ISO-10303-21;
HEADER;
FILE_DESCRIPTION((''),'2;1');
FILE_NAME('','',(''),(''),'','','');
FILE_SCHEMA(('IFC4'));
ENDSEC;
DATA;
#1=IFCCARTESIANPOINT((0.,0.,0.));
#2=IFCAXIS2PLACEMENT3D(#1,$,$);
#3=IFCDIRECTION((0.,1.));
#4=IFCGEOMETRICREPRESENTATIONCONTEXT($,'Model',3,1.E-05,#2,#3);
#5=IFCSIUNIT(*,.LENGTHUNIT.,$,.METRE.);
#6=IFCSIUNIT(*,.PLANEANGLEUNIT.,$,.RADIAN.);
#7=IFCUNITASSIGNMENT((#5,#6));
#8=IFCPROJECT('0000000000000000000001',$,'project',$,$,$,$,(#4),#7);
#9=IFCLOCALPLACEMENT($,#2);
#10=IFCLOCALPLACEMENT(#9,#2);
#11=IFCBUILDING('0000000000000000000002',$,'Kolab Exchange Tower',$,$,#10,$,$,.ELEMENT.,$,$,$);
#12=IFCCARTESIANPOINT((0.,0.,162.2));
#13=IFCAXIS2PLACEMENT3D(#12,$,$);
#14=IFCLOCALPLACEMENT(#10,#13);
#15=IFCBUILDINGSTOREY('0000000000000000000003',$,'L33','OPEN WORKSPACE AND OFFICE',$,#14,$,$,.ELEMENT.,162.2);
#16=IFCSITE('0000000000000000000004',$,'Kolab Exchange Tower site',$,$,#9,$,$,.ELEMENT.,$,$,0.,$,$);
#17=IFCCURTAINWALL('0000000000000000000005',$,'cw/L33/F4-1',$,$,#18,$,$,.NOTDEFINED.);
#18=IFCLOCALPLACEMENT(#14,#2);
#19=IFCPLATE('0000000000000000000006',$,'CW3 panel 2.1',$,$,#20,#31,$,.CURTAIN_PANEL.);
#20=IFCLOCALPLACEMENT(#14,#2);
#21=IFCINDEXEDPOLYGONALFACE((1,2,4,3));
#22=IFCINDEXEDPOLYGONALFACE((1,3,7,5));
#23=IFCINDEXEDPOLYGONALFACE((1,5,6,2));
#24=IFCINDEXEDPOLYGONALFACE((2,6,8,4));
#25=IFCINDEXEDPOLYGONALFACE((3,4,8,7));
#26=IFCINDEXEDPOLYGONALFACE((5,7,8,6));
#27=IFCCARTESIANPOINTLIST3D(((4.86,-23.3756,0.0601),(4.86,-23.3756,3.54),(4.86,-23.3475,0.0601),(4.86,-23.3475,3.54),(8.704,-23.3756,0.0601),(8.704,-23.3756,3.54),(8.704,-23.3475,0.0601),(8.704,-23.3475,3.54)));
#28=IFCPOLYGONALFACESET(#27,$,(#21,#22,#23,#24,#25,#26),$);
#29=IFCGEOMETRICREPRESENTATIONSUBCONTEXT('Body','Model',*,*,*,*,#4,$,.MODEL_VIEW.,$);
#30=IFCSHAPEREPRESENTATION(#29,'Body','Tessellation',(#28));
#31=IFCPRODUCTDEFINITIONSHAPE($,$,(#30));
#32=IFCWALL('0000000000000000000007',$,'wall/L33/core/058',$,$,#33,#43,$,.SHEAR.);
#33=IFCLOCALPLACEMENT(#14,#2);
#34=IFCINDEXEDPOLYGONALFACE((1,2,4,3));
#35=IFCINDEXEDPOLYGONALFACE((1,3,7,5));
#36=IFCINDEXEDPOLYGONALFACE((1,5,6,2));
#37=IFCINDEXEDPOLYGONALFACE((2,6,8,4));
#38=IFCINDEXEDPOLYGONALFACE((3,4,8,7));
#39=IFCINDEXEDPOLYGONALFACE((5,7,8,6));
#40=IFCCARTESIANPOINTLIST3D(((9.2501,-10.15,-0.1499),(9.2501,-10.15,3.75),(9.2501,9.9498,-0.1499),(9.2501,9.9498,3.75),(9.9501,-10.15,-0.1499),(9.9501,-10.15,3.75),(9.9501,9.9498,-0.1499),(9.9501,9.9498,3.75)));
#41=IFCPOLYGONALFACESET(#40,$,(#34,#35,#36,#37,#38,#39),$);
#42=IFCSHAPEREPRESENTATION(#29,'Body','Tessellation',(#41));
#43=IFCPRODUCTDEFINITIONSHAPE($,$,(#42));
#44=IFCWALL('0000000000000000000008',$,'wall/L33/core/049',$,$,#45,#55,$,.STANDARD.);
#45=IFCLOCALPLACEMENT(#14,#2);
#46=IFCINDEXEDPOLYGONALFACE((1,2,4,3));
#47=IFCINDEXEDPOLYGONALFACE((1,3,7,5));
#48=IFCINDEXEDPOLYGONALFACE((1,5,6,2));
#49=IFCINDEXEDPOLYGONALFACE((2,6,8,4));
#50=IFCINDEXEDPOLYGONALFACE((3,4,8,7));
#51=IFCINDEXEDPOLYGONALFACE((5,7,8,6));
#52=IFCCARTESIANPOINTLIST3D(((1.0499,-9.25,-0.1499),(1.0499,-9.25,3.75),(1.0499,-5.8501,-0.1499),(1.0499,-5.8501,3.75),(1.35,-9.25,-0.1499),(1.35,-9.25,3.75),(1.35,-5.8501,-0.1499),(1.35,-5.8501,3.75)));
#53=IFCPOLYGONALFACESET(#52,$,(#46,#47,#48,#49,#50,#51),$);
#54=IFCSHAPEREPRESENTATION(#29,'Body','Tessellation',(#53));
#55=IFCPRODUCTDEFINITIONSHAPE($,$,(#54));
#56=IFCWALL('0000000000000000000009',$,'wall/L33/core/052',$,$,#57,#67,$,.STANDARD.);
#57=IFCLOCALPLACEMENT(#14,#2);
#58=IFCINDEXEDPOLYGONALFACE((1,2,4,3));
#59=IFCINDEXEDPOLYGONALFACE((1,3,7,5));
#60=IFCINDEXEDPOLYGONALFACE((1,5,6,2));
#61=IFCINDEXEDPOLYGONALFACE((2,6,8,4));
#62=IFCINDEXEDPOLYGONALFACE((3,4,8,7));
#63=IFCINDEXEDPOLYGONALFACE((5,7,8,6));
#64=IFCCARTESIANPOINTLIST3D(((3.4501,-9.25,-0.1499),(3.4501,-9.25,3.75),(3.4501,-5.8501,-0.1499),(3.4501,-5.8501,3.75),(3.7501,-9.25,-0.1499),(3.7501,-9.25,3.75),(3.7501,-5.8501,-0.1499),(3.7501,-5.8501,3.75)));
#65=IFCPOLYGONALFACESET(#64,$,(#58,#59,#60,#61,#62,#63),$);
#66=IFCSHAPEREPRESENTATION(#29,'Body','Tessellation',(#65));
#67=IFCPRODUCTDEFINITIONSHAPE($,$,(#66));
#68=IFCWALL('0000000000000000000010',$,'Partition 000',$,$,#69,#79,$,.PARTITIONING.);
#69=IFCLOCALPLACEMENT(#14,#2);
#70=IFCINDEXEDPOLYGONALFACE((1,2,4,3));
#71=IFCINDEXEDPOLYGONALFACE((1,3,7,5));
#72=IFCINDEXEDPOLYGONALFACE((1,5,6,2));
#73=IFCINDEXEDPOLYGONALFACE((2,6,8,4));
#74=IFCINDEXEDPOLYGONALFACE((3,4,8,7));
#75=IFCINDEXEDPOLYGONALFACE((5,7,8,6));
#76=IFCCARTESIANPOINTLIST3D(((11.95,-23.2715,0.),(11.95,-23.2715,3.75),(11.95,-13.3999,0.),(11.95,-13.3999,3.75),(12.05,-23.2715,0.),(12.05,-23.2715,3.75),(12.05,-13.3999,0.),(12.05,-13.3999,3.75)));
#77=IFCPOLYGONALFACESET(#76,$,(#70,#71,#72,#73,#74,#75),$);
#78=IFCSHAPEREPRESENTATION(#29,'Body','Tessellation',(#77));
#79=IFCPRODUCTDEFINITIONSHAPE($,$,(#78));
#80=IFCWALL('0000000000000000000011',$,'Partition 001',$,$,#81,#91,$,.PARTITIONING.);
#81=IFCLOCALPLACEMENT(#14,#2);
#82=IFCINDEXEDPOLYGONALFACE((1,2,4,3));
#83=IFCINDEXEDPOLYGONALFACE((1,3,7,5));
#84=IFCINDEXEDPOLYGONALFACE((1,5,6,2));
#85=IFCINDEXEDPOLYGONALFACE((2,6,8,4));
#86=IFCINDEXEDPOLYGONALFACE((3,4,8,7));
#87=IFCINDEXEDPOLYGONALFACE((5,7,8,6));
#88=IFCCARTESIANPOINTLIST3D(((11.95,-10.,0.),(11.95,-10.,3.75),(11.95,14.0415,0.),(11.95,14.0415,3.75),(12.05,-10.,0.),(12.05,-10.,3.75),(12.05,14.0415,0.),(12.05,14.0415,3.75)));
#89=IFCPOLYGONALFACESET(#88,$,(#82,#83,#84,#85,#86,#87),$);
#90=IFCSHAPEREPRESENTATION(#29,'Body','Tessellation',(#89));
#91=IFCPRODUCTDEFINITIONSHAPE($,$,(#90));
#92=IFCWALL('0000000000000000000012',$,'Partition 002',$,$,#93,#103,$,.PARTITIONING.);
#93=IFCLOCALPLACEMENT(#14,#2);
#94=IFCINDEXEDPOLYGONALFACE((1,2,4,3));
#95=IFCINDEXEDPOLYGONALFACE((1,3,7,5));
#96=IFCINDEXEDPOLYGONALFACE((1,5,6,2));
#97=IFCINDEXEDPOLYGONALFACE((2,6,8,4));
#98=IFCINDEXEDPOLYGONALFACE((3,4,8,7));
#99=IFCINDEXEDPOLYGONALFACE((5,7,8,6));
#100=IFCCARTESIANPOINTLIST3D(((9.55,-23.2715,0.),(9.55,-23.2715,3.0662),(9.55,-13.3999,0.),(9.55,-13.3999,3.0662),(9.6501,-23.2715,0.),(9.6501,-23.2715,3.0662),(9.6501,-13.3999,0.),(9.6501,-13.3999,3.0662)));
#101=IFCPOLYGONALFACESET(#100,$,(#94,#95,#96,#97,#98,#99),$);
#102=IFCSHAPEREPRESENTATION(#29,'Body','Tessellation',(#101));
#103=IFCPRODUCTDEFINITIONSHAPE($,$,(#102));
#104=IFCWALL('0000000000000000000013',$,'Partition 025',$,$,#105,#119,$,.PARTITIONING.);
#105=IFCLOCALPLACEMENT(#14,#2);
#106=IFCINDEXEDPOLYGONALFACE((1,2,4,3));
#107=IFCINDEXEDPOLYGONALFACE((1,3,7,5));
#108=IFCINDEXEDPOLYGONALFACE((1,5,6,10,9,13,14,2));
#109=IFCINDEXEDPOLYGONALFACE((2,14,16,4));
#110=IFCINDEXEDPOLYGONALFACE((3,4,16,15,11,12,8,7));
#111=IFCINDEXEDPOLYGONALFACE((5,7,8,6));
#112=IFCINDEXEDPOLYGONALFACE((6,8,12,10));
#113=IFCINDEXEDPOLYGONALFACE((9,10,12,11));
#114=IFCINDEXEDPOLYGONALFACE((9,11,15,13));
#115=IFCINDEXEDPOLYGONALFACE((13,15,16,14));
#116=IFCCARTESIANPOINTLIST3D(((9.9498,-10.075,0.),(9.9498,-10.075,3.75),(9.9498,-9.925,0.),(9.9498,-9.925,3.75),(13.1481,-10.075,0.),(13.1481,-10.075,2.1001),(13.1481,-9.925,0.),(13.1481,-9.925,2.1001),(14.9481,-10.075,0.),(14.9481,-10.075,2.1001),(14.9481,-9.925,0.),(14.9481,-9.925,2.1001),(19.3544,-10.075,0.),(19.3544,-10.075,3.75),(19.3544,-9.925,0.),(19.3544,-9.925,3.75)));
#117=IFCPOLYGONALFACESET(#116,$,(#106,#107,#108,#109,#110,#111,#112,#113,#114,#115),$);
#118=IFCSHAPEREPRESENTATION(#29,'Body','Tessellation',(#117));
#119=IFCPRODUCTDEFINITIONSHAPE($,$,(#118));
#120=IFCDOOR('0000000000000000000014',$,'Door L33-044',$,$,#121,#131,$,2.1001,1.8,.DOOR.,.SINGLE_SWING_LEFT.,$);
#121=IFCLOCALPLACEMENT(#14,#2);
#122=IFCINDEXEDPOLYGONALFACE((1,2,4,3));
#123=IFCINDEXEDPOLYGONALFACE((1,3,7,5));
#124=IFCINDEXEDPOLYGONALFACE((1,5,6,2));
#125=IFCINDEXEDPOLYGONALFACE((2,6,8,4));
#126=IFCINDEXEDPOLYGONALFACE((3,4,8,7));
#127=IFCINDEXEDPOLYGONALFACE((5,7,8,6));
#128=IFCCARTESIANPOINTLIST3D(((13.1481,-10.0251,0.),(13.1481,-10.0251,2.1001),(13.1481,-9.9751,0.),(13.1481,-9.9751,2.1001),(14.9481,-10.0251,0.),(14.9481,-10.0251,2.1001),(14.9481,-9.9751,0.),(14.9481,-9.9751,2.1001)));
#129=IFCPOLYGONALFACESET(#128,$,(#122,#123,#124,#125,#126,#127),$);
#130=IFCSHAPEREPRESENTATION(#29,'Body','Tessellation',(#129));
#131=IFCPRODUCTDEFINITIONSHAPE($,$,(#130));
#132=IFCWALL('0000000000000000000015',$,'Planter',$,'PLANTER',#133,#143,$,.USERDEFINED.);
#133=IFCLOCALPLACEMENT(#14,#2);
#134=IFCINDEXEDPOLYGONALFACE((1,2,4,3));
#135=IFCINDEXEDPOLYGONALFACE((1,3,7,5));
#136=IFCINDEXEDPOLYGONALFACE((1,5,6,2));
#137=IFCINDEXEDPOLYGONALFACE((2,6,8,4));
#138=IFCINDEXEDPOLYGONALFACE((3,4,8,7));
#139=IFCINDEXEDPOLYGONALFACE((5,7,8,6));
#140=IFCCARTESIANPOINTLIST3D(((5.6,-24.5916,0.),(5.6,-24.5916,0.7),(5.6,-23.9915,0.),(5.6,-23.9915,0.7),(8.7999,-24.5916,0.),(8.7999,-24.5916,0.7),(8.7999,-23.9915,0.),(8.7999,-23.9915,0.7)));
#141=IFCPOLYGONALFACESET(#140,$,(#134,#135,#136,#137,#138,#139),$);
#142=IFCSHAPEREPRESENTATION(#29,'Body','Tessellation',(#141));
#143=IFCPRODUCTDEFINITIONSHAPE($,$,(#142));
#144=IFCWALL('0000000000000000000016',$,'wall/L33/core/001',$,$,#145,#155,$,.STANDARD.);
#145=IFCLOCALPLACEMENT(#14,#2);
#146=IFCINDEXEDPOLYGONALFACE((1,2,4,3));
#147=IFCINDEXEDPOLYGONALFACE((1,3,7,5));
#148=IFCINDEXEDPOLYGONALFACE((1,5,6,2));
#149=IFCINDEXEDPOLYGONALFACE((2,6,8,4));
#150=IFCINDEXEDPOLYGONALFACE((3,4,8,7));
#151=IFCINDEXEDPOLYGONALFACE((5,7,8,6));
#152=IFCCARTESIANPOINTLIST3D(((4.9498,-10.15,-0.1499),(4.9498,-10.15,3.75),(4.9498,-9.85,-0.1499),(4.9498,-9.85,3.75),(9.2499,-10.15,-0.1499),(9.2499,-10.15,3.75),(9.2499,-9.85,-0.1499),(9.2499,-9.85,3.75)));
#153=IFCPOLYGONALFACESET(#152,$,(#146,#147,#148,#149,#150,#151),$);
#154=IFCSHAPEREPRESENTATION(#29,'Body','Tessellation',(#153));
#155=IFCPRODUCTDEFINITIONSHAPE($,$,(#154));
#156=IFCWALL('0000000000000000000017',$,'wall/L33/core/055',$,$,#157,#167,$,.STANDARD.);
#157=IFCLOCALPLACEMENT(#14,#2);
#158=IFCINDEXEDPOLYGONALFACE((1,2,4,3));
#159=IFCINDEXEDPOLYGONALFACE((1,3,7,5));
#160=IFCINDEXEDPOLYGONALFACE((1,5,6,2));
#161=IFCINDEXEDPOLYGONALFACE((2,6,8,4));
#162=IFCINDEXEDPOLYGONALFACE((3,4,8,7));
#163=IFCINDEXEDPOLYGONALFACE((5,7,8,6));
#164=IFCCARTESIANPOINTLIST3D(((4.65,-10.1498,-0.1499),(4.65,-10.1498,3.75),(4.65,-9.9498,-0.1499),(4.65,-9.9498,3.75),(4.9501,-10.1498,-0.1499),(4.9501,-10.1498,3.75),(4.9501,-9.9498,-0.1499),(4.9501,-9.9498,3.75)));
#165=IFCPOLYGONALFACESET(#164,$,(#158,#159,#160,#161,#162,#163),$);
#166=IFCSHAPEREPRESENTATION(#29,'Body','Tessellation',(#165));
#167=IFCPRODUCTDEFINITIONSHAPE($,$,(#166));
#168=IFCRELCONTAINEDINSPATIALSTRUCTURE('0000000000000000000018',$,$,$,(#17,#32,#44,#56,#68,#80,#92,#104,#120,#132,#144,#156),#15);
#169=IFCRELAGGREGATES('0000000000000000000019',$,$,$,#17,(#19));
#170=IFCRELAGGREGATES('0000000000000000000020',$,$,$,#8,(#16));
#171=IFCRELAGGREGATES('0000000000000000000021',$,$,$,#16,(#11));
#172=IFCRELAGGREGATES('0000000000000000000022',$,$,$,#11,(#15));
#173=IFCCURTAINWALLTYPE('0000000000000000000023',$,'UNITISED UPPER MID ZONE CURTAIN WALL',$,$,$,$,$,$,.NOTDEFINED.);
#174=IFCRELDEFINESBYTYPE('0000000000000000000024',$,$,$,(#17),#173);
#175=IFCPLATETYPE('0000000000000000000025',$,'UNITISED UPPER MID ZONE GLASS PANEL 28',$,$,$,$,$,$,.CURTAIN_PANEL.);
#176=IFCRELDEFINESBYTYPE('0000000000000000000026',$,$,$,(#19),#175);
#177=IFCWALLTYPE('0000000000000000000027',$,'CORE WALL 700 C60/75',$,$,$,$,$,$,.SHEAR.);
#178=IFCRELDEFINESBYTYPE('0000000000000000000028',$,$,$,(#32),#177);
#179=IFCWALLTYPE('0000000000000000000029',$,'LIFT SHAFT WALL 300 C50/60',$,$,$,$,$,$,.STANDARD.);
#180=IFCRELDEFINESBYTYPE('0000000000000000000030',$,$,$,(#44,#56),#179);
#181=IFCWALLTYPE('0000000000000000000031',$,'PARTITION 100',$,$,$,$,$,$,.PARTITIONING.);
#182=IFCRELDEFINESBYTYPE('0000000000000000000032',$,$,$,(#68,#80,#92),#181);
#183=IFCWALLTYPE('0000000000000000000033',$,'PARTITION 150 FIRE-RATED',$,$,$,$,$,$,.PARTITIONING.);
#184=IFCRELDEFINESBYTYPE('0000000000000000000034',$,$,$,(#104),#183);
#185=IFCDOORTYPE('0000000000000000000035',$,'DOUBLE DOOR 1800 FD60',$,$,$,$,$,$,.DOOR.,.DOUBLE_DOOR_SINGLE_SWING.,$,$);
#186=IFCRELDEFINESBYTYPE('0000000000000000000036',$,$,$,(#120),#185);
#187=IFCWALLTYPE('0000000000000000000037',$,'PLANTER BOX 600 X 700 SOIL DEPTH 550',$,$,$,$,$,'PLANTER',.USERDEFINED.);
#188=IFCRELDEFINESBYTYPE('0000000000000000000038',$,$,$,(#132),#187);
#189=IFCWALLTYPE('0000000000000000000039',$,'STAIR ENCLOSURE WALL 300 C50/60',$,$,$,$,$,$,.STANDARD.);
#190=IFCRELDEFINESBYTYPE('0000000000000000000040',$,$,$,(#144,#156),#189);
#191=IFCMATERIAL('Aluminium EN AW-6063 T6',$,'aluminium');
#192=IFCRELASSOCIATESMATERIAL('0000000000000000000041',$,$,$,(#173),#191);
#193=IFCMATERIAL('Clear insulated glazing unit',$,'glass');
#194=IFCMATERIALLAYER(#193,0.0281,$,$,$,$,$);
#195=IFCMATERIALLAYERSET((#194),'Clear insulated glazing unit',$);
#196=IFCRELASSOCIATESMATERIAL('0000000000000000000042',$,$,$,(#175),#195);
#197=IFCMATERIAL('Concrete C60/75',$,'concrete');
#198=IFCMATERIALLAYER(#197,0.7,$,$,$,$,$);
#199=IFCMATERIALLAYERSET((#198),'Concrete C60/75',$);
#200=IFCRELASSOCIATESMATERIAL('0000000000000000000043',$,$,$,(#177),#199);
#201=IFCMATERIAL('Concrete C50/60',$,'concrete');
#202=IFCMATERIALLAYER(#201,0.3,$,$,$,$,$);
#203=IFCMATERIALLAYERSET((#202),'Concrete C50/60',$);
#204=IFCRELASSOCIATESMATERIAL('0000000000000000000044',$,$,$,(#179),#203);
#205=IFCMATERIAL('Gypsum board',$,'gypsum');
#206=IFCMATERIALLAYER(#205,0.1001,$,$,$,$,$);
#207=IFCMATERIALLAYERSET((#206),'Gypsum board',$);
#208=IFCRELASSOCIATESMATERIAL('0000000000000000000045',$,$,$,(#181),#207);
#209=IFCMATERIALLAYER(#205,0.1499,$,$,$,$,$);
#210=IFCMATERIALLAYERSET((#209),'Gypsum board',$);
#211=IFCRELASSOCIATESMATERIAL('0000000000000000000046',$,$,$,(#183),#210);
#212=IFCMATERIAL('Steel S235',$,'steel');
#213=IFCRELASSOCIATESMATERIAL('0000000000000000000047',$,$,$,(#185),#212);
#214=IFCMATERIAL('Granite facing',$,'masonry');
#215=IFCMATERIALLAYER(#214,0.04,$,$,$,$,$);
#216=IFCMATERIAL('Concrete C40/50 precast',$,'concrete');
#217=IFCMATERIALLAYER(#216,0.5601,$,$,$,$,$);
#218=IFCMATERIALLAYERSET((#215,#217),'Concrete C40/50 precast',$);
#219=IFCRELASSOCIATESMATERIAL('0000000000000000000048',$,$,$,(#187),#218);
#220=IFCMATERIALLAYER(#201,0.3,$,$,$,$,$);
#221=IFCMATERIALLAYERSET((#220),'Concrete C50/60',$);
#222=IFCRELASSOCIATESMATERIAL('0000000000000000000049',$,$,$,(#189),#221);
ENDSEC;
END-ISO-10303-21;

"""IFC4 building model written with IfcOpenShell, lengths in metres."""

from ifc_helpers import new_model, si_unit, direction, frame, frame_2d, origin, origin_2d, place, context, subcontext, project, spatial, rectangle, extrude, material, layer, layer_set, type_object, element, fill, aggregate, save


model = new_model("IFC4")

# Units and contexts
model_context = context("Model", 3, precision=1e-05, world=origin(), true_north=direction((0.0, 1.0)))
body_context = subcontext(model_context, "Body", "Model", "MODEL_VIEW")
ifc_project = project(units=[si_unit("LENGTHUNIT", "METRE"), si_unit("PLANEANGLEUNIT", "RADIAN")], contexts=[model_context])

# Site, building, storey
site_placement = place(None, origin())
site = spatial("IfcSite", under=ifc_project, at=site_placement, Name="Kolab Exchange Tower site", CompositionType="ELEMENT", RefElevation=0.0)
building_placement = place(site_placement, origin())
building = spatial("IfcBuilding", under=site, at=building_placement, Name="Kolab Exchange Tower", CompositionType="ELEMENT")
storey_placement = place(building_placement, frame((0.0, 0.0, 162.2)))
storey = spatial("IfcBuildingStorey", under=building, at=storey_placement, Name="L33", Description="OPEN WORKSPACE AND OFFICE", CompositionType="ELEMENT", Elevation=162.2)

# Shared definitions
ifc_material_1 = material(Name="Concrete C60/75", Category="concrete")

# Curtain wall, plate
ifc_material_2 = material(Name="Aluminium EN AW-6063 T6", Category="aluminium")
curtain_wall_type = type_object("IfcCurtainWallType", Name="UNITISED UPPER MID ZONE CURTAIN WALL", PredefinedType="NOTDEFINED", material=ifc_material_2)
curtain_wall_placement = place(storey_placement, origin())
curtain_wall = element("IfcCurtainWall", 1, at=curtain_wall_placement, inside=storey, type_object=curtain_wall_type, Name="cw/L33/F4-1", PredefinedType="NOTDEFINED")
ifc_material_3 = material(Name="Clear insulated glazing unit", Category="glass")
ifc_layer_1 = layer(ifc_material_3, 0.0281)
ifc_layer_set_1 = layer_set([ifc_layer_1], Name="Clear insulated glazing unit")
plate_type = type_object("IfcPlateType", Name="UNITISED UPPER MID ZONE GLASS PANEL 28", PredefinedType="CURTAIN_PANEL", material=ifc_layer_set_1)
plate_1_placement = place(storey_placement, frame((6.782, -23.3616, 0.0601), z_axis=(0.0, 0.0, 1.0), x_axis=(-1.0, 0.0, 0.0)))
plate_1 = element("IfcPlate", 2, at=plate_1_placement, type_object=plate_type, Name="CW3 panel 2.1", PredefinedType="CURTAIN_PANEL", context=body_context, shape_type="SweptSolid", body=[
    extrude(rectangle(XDim=3.844, YDim=0.0281, at=origin_2d()), origin(), (0.0, 0.0, 1.0), 3.48),
])
aggregate(curtain_wall, [plate_1])

# Wall
ifc_layer_2 = layer(ifc_material_1, 0.7)
ifc_layer_set_2 = layer_set([ifc_layer_2], Name="Concrete C60/75")
wall_type_1 = type_object("IfcWallType", Name="CORE WALL 700 C60/75", PredefinedType="SHEAR", material=ifc_layer_set_2)
wall_1_placement = place(storey_placement, frame((9.6001, -10.1499, -0.1499), z_axis=(0.0, 0.0, 1.0), x_axis=(0.0, 1.0, 0.0)))
element("IfcWall", 3, at=wall_1_placement, inside=storey, type_object=wall_type_1, Name="wall/L33/core/058", PredefinedType="SHEAR", context=body_context, shape_type="SweptSolid", body=[
    extrude(rectangle(XDim=20.0999, YDim=0.7, at=frame_2d((10.0498, 0.0))), origin(), (0.0, 0.0, 1.0), 3.8999),
])

# Walls
ifc_material_4 = material(Name="Concrete C50/60", Category="concrete")
ifc_layer_3 = layer(ifc_material_4, 0.3)
ifc_layer_set_3 = layer_set([ifc_layer_3], Name="Concrete C50/60")
wall_type_2 = type_object("IfcWallType", Name="LIFT SHAFT WALL 300 C50/60", PredefinedType="STANDARD", material=ifc_layer_set_3)
for number, where, z_axis, x_axis, name in (
    (4, (1.2, -9.25, -0.1499), (0.0, 0.0, 1.0), (0.0, 1.0, 0.0), "wall/L33/core/049"),
    (5, (3.6001, -9.25, -0.1499), (0.0, 0.0, 1.0), (0.0, 1.0, 0.0), "wall/L33/core/052"),
):
    element("IfcWall", number, at=place(storey_placement, frame(where, z_axis=z_axis, x_axis=x_axis)), inside=storey, type_object=wall_type_2, Name=name, PredefinedType="STANDARD", context=body_context, shape_type="SweptSolid", body=[
        extrude(rectangle(XDim=3.3999, YDim=0.3, at=frame_2d((1.7, 0.0))), origin(), (0.0, 0.0, 1.0), 3.8999),
    ])
ifc_material_5 = material(Name="Gypsum board", Category="gypsum")
ifc_layer_4 = layer(ifc_material_5, 0.1001)
ifc_layer_set_4 = layer_set([ifc_layer_4], Name="Gypsum board")
wall_type_3 = type_object("IfcWallType", Name="PARTITION 100", PredefinedType="PARTITIONING", material=ifc_layer_set_4)
wall_2_placement = place(storey_placement, frame((12.0, -23.2715, 0.0), z_axis=(0.0, 0.0, 1.0), x_axis=(0.0, 1.0, 0.0)))
element("IfcWall", 6, at=wall_2_placement, inside=storey, type_object=wall_type_3, Name="Partition 000", PredefinedType="PARTITIONING", context=body_context, shape_type="SweptSolid", body=[
    extrude(rectangle(XDim=9.8716, YDim=0.1001, at=frame_2d((4.9358, 0.0))), origin(), (0.0, 0.0, 1.0), 3.75),
])
wall_3_placement = place(storey_placement, frame((12.0, -10.0, 0.0), z_axis=(0.0, 0.0, 1.0), x_axis=(0.0, 1.0, 0.0)))
element("IfcWall", 7, at=wall_3_placement, inside=storey, type_object=wall_type_3, Name="Partition 001", PredefinedType="PARTITIONING", context=body_context, shape_type="SweptSolid", body=[
    extrude(rectangle(XDim=24.0415, YDim=0.1001, at=frame_2d((12.0208, 0.0))), origin(), (0.0, 0.0, 1.0), 3.75),
])
wall_4_placement = place(storey_placement, frame((9.6001, -23.2715, 0.0), z_axis=(0.0, 0.0, 1.0), x_axis=(0.0, 1.0, 0.0)))
element("IfcWall", 8, at=wall_4_placement, inside=storey, type_object=wall_type_3, Name="Partition 002", PredefinedType="PARTITIONING", context=body_context, shape_type="SweptSolid", body=[
    extrude(rectangle(XDim=9.8716, YDim=0.1001, at=frame_2d((4.9358, 0.0))), origin(), (0.0, 0.0, 1.0), 3.0662),
])

# Wall, opening, door
ifc_layer_5 = layer(ifc_material_5, 0.1499)
ifc_layer_set_5 = layer_set([ifc_layer_5], Name="Gypsum board")
wall_type_4 = type_object("IfcWallType", Name="PARTITION 150 FIRE-RATED", PredefinedType="PARTITIONING", material=ifc_layer_set_5)
wall_5_placement = place(storey_placement, frame((9.95, -10.0, 0.0), z_axis=(0.0, 0.0, 1.0), x_axis=(1.0, 0.0, 0.0)))
wall_5 = element("IfcWall", 9, at=wall_5_placement, inside=storey, type_object=wall_type_4, Name="Partition 025", PredefinedType="PARTITIONING", context=body_context, shape_type="SweptSolid", body=[
    extrude(rectangle(XDim=9.4045, YDim=0.1499, at=frame_2d((4.7021, 0.0))), origin(), (0.0, 0.0, 1.0), 3.75),
])
opening_1_placement = place(wall_5_placement, frame((3.1982, 0.0, 0.0)))
opening_1 = element("IfcOpeningElement", 10, at=opening_1_placement, cuts=wall_5, PredefinedType="OPENING", context=body_context, shape_type="SweptSolid", body=[
    extrude(rectangle(XDim=1.8, YDim=2.1001, at=frame_2d((0.8999, 1.05))), frame((0.0, 0.085, 0.0), z_axis=(0.0, -1.0, 0.0), x_axis=(1.0, 0.0, 0.0)), (0.0, 0.0, 1.0), 0.1699),
])
ifc_material_6 = material(Name="Steel S235", Category="steel")
door_type_1 = type_object("IfcDoorType", Name="DOUBLE DOOR 1800 FD60", OperationType="DOUBLE_DOOR_SINGLE_SWING", PredefinedType="DOOR", material=ifc_material_6)
door_1_placement = place(opening_1_placement, origin())
door_1 = element("IfcDoor", 11, at=door_1_placement, inside=storey, type_object=door_type_1, Name="Door L33-044", OperationType="SINGLE_SWING_LEFT", OverallHeight=2.1001, OverallWidth=1.8, PredefinedType="DOOR", context=body_context, shape_type="SweptSolid", body=[
    extrude(rectangle(XDim=1.8, YDim=2.1001, at=frame_2d((0.8999, 1.05))), frame((0.0, 0.0249, 0.0), z_axis=(0.0, -1.0, 0.0), x_axis=(1.0, 0.0, 0.0)), (0.0, 0.0, 1.0), 0.05),
])
fill(opening_1, door_1)

# Walls
ifc_material_7 = material(Name="Granite facing", Category="masonry")
ifc_layer_6 = layer(ifc_material_7, 0.04)
ifc_material_8 = material(Name="Concrete C40/50 precast", Category="concrete")
ifc_layer_7 = layer(ifc_material_8, 0.5601)
ifc_layer_set_6 = layer_set([ifc_layer_6, ifc_layer_7], Name="Concrete C40/50 precast")
wall_type_5 = type_object("IfcWallType", Name="PLANTER BOX 600 X 700 SOIL DEPTH 550", ElementType="PLANTER", PredefinedType="USERDEFINED", material=ifc_layer_set_6)
wall_6_placement = place(storey_placement, frame((8.8, -24.2915, 0.0), z_axis=(0.0, 0.0, 1.0), x_axis=(-1.0, 0.0, 0.0)))
element("IfcWall", 12, at=wall_6_placement, inside=storey, type_object=wall_type_5, Name="Planter", ObjectType="PLANTER", PredefinedType="USERDEFINED", context=body_context, shape_type="SweptSolid", body=[
    extrude(rectangle(XDim=3.2, YDim=0.6001, at=frame_2d((1.6001, 0.0))), origin(), (0.0, 0.0, 1.0), 0.7),
])
ifc_layer_8 = layer(ifc_material_4, 0.3)
ifc_layer_set_7 = layer_set([ifc_layer_8], Name="Concrete C50/60")
wall_type_6 = type_object("IfcWallType", Name="STAIR ENCLOSURE WALL 300 C50/60", PredefinedType="STANDARD", material=ifc_layer_set_7)
wall_7_placement = place(storey_placement, frame((4.95, -10.0, -0.1499), z_axis=(0.0, 0.0, 1.0), x_axis=(1.0, 0.0, 0.0)))
element("IfcWall", 13, at=wall_7_placement, inside=storey, type_object=wall_type_6, Name="wall/L33/core/001", PredefinedType="STANDARD", context=body_context, shape_type="SweptSolid", body=[
    extrude(rectangle(XDim=4.3, YDim=0.3, at=frame_2d((2.1499, 0.0))), origin(), (0.0, 0.0, 1.0), 3.8999),
])
wall_8_placement = place(storey_placement, frame((4.8, -10.1499, -0.1499), z_axis=(0.0, 0.0, 1.0), x_axis=(0.0, 1.0, 0.0)))
element("IfcWall", 14, at=wall_8_placement, inside=storey, type_object=wall_type_6, Name="wall/L33/core/055", PredefinedType="STANDARD", context=body_context, shape_type="SweptSolid", body=[
    extrude(rectangle(XDim=0.2, YDim=0.3, at=frame_2d((0.1001, 0.0))), origin(), (0.0, 0.0, 1.0), 3.8999),
])

save(model, "model.ifc")
